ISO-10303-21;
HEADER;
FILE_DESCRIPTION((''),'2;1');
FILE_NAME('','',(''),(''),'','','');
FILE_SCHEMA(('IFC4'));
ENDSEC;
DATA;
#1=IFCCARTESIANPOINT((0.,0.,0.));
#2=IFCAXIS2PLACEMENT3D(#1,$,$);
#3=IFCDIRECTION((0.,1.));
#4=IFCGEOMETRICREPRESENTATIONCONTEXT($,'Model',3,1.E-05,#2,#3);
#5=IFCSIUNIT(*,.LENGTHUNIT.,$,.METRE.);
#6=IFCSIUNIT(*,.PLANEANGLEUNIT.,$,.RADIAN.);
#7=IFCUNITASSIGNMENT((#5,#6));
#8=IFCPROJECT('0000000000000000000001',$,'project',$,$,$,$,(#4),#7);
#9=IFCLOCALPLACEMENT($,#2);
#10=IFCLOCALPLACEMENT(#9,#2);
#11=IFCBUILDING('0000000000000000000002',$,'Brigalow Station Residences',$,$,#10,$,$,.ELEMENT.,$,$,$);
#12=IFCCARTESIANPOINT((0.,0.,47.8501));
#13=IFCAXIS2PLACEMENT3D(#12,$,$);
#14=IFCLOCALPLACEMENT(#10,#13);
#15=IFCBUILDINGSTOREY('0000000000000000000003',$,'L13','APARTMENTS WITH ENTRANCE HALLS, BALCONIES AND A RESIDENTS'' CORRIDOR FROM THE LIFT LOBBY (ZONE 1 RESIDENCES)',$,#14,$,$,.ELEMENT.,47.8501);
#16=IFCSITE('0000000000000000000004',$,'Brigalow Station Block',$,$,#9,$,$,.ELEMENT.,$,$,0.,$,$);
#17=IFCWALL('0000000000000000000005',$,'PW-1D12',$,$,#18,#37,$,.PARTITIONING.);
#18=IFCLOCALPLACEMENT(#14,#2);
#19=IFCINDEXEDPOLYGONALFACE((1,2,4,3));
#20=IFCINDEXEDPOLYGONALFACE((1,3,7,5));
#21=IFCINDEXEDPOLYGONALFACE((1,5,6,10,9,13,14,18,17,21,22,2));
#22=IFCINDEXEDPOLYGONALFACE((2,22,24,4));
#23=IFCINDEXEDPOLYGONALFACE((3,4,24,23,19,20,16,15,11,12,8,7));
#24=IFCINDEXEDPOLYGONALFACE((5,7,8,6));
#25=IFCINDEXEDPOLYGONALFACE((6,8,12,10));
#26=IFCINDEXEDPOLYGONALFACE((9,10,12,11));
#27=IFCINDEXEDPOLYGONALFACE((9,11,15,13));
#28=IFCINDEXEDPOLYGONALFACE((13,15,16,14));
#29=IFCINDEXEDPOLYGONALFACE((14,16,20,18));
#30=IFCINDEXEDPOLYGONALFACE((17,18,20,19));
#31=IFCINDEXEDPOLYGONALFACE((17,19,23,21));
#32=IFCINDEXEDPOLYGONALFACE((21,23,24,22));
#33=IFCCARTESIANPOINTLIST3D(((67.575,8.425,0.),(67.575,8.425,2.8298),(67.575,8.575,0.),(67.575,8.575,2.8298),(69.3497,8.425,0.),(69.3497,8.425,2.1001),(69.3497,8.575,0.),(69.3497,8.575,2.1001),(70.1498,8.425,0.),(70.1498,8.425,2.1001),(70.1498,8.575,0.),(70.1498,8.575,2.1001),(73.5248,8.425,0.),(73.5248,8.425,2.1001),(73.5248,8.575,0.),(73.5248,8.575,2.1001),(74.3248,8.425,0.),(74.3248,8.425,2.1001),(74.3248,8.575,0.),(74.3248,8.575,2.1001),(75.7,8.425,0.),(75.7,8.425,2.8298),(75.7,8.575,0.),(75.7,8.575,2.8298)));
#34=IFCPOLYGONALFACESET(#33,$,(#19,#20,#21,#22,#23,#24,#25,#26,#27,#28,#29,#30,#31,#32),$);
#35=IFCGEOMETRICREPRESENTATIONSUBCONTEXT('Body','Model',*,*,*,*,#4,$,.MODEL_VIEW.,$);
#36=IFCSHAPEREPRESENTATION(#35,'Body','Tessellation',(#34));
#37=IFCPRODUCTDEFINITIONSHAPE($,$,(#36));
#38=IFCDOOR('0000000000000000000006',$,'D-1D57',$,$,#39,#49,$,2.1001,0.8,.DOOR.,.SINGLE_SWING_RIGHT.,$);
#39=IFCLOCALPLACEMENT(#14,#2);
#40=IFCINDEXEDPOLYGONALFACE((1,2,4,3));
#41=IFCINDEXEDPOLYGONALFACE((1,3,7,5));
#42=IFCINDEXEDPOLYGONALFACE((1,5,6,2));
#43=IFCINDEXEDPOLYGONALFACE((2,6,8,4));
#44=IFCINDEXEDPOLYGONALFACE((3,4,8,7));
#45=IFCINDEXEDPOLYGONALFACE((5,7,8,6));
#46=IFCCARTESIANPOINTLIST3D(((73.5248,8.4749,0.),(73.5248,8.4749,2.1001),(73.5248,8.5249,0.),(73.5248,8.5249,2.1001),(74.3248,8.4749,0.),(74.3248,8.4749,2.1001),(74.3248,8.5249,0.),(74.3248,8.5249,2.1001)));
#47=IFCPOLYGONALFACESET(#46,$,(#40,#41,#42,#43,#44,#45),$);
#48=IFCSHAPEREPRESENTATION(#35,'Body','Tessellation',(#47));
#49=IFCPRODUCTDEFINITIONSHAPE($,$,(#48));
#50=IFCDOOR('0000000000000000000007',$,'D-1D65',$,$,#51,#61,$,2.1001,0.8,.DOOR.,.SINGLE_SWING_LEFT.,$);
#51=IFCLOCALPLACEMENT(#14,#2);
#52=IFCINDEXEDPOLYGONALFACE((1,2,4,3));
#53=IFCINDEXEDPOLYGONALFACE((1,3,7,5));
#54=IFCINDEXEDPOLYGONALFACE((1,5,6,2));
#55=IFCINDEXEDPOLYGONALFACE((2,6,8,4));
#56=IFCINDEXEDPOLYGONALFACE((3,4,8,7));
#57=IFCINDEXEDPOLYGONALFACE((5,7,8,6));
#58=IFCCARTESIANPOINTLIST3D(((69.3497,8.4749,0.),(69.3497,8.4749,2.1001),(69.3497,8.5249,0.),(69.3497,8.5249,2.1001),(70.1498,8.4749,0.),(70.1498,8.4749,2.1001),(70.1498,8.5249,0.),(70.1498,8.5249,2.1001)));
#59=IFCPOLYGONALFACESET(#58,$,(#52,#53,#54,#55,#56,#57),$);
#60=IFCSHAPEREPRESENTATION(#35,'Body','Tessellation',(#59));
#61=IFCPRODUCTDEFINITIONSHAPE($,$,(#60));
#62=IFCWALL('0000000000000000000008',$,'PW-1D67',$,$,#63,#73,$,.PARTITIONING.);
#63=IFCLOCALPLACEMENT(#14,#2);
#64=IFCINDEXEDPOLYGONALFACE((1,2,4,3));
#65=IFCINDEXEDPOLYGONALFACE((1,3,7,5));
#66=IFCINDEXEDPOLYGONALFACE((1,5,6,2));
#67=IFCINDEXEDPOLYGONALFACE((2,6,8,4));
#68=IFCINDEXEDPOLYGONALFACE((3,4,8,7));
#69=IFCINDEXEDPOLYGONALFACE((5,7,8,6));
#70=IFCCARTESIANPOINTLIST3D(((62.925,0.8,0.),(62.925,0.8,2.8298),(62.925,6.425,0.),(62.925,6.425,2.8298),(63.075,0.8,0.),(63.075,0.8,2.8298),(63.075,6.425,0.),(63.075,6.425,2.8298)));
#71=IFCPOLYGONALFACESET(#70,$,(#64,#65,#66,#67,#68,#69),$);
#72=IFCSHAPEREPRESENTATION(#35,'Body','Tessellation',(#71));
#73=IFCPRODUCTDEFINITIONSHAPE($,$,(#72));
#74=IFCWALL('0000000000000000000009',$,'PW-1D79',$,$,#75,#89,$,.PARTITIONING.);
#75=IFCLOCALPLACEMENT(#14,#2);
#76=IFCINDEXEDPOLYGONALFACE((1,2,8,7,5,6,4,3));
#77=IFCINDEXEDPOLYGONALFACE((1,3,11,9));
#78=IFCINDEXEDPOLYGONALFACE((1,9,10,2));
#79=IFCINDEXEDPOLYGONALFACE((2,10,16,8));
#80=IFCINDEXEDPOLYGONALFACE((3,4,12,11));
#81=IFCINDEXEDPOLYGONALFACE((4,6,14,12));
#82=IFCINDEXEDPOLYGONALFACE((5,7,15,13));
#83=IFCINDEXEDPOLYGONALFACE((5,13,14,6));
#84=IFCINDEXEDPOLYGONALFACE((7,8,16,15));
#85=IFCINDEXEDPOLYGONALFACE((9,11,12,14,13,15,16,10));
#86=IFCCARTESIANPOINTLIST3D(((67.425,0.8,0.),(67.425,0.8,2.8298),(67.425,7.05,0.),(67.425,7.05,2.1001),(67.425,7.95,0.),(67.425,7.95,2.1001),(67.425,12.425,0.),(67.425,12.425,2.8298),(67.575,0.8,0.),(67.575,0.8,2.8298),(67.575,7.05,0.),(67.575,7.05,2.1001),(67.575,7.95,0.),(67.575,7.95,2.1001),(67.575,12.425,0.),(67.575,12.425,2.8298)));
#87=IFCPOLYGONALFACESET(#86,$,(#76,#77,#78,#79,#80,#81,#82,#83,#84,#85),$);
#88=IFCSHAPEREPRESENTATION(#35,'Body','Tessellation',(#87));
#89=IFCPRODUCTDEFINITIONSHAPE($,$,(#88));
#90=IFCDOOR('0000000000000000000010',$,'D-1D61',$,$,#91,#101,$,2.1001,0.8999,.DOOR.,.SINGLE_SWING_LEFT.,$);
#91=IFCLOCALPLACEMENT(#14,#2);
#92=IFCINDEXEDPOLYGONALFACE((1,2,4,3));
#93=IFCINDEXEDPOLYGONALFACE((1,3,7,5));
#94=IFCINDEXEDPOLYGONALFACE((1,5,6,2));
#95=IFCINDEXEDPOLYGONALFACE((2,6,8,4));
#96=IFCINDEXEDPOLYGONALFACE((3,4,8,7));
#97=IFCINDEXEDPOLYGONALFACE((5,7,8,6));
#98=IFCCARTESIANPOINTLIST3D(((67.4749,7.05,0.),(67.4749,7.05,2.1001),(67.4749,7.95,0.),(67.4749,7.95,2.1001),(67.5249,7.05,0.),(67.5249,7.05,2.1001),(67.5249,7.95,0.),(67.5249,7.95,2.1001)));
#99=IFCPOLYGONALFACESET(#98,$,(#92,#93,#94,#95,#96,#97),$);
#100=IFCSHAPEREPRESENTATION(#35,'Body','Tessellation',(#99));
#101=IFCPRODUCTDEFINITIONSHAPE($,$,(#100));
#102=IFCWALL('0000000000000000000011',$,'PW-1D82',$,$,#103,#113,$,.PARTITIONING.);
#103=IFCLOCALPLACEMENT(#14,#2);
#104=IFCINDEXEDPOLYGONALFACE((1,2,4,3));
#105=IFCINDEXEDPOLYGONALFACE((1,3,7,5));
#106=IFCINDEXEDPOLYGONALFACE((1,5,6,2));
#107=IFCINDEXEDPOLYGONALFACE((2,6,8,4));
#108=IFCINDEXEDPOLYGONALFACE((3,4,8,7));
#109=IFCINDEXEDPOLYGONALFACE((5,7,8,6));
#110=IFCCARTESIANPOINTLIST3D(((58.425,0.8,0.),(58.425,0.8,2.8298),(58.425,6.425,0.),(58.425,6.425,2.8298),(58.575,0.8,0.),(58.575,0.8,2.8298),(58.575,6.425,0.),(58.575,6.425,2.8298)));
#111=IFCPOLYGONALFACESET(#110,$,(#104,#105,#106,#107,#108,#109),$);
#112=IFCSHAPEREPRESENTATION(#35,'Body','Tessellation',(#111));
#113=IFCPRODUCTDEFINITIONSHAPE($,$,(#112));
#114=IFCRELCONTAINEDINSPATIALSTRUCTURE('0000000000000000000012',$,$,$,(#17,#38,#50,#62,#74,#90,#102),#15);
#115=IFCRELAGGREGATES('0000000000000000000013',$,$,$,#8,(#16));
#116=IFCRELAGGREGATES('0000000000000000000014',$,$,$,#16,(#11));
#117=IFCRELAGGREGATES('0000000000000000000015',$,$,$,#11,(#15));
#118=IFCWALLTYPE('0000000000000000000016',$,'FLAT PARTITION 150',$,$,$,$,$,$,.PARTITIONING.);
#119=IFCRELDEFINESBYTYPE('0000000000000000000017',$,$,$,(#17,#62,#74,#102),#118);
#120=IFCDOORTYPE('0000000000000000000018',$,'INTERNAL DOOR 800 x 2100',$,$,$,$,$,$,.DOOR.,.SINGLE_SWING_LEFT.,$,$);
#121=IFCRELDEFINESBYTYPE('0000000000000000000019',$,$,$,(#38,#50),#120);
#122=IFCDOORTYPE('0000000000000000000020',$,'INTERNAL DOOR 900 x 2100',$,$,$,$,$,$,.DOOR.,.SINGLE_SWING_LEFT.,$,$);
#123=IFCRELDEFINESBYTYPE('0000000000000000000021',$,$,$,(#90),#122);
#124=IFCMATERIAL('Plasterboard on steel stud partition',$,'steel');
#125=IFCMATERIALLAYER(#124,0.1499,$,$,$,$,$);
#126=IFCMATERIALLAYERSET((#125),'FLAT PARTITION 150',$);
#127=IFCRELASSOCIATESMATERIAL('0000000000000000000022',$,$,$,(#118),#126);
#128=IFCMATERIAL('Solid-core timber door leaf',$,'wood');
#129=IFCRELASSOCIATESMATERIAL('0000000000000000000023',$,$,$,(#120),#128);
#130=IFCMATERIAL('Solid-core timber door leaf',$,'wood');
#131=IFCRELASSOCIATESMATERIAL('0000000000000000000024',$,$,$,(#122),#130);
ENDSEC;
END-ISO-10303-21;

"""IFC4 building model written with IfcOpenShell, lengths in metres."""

from ifc_helpers import new_model, si_unit, direction, frame, frame_2d, origin, place, context, subcontext, project, spatial, rectangle, extrude, material, layer, layer_set, type_object, element, fill, save


model = new_model("IFC4")

# Units and contexts
model_context = context("Model", 3, precision=1e-05, world=origin(), true_north=direction((0.0, 1.0)))
body_context = subcontext(model_context, "Body", "Model", "MODEL_VIEW")
ifc_project = project(units=[si_unit("LENGTHUNIT", "METRE"), si_unit("PLANEANGLEUNIT", "RADIAN")], contexts=[model_context])

# Site, building, storey
site_placement = place(None, origin())
site = spatial("IfcSite", under=ifc_project, at=site_placement, Name="Brigalow Station Block", CompositionType="ELEMENT", RefElevation=0.0)
building_placement = place(site_placement, origin())
building = spatial("IfcBuilding", under=site, at=building_placement, Name="Brigalow Station Residences", CompositionType="ELEMENT")
storey_placement = place(building_placement, frame((0.0, 0.0, 47.8501)))
storey = spatial("IfcBuildingStorey", under=building, at=storey_placement, Name="L13", Description="APARTMENTS WITH ENTRANCE HALLS, BALCONIES AND A RESIDENTS' CORRIDOR FROM THE LIFT LOBBY (ZONE 1 RESIDENCES)", CompositionType="ELEMENT", Elevation=47.8501)

# Wall, openings, doors
ifc_material_1 = material(Name="Plasterboard on steel stud partition", Category="steel")
ifc_layer_1 = layer(ifc_material_1, 0.1499)
ifc_layer_set_1 = layer_set([ifc_layer_1], Name="FLAT PARTITION 150")
wall_type_1 = type_object("IfcWallType", Name="FLAT PARTITION 150", PredefinedType="PARTITIONING", material=ifc_layer_set_1)
wall_1_placement = place(storey_placement, frame((67.575, 8.5, 0.0), z_axis=(0.0, 0.0, 1.0), x_axis=(1.0, 0.0, 0.0)))
wall_1 = element("IfcWall", 1, at=wall_1_placement, inside=storey, type_object=wall_type_1, Name="PW-1D12", PredefinedType="PARTITIONING", context=body_context, shape_type="SweptSolid", body=[
    extrude(rectangle(XDim=8.125, YDim=0.1499, at=frame_2d((4.0625, 0.0))), origin(), (0.0, 0.0, 1.0), 2.8298),
])
opening_1_placement = place(wall_1_placement, frame((5.95, 0.0, 0.0)))
opening_1 = element("IfcOpeningElement", 2, at=opening_1_placement, cuts=wall_1, PredefinedType="OPENING", context=body_context, shape_type="SweptSolid", body=[
    extrude(rectangle(XDim=0.8, YDim=2.1001, at=frame_2d((0.3999, 1.05))), frame((0.0, 0.085, 0.0), z_axis=(0.0, -1.0, 0.0), x_axis=(1.0, 0.0, 0.0)), (0.0, 0.0, 1.0), 0.1699),
])
opening_2_placement = place(wall_1_placement, frame((1.7749, 0.0, 0.0)))
opening_2 = element("IfcOpeningElement", 3, at=opening_2_placement, cuts=wall_1, PredefinedType="OPENING", context=body_context, shape_type="SweptSolid", body=[
    extrude(rectangle(XDim=0.8, YDim=2.1001, at=frame_2d((0.3999, 1.05))), frame((0.0, 0.085, 0.0), z_axis=(0.0, -1.0, 0.0), x_axis=(1.0, 0.0, 0.0)), (0.0, 0.0, 1.0), 0.1699),
])
ifc_material_2 = material(Name="Solid-core timber door leaf", Category="wood")
door_type_1 = type_object("IfcDoorType", Name="INTERNAL DOOR 800 x 2100", OperationType="SINGLE_SWING_LEFT", PredefinedType="DOOR", material=ifc_material_2)
door_1_placement = place(opening_1_placement, origin())
door_1 = element("IfcDoor", 4, at=door_1_placement, inside=storey, type_object=door_type_1, Name="D-1D57", OperationType="SINGLE_SWING_RIGHT", OverallHeight=2.1001, OverallWidth=0.8, PredefinedType="DOOR", context=body_context, shape_type="SweptSolid", body=[
    extrude(rectangle(XDim=0.8, YDim=2.1001, at=frame_2d((0.3999, 1.05))), frame((0.0, 0.0249, 0.0), z_axis=(0.0, -1.0, 0.0), x_axis=(1.0, 0.0, 0.0)), (0.0, 0.0, 1.0), 0.05),
])
fill(opening_1, door_1)
door_2_placement = place(opening_2_placement, origin())
door_2 = element("IfcDoor", 5, at=door_2_placement, inside=storey, type_object=door_type_1, Name="D-1D65", OperationType="SINGLE_SWING_LEFT", OverallHeight=2.1001, OverallWidth=0.8, PredefinedType="DOOR", context=body_context, shape_type="SweptSolid", body=[
    extrude(rectangle(XDim=0.8, YDim=2.1001, at=frame_2d((0.3999, 1.05))), frame((0.0, 0.0249, 0.0), z_axis=(0.0, -1.0, 0.0), x_axis=(1.0, 0.0, 0.0)), (0.0, 0.0, 1.0), 0.05),
])
fill(opening_2, door_2)

# Wall
wall_2_placement = place(storey_placement, frame((63.0, 0.8, 0.0), z_axis=(0.0, 0.0, 1.0), x_axis=(0.0, 1.0, 0.0)))
element("IfcWall", 6, at=wall_2_placement, inside=storey, type_object=wall_type_1, Name="PW-1D67", PredefinedType="PARTITIONING", context=body_context, shape_type="SweptSolid", body=[
    extrude(rectangle(XDim=5.625, YDim=0.1499, at=frame_2d((2.8125, 0.0))), origin(), (0.0, 0.0, 1.0), 2.8298),
])

# Wall, opening, door
wall_3_placement = place(storey_placement, frame((67.5, 0.8, 0.0), z_axis=(0.0, 0.0, 1.0), x_axis=(0.0, 1.0, 0.0)))
wall_3 = element("IfcWall", 7, at=wall_3_placement, inside=storey, type_object=wall_type_1, Name="PW-1D79", PredefinedType="PARTITIONING", context=body_context, shape_type="SweptSolid", body=[
    extrude(rectangle(XDim=11.625, YDim=0.1499, at=frame_2d((5.8125, 0.0))), origin(), (0.0, 0.0, 1.0), 2.8298),
])
opening_3_placement = place(wall_3_placement, frame((6.25, 0.0, 0.0)))
opening_3 = element("IfcOpeningElement", 8, at=opening_3_placement, cuts=wall_3, PredefinedType="OPENING", context=body_context, shape_type="SweptSolid", body=[
    extrude(rectangle(XDim=0.8999, YDim=2.1001, at=frame_2d((0.45, 1.05))), frame((0.0, 0.085, 0.0), z_axis=(0.0, -1.0, 0.0), x_axis=(1.0, 0.0, 0.0)), (0.0, 0.0, 1.0), 0.1699),
])
ifc_material_3 = material(Name="Solid-core timber door leaf", Category="wood")
door_type_2 = type_object("IfcDoorType", Name="INTERNAL DOOR 900 x 2100", OperationType="SINGLE_SWING_LEFT", PredefinedType="DOOR", material=ifc_material_3)
door_3_placement = place(opening_3_placement, frame((0.8999, 0.0, 0.0), z_axis=(0.0, 0.0, 1.0), x_axis=(-1.0, 0.0, 0.0)))
door_3 = element("IfcDoor", 9, at=door_3_placement, inside=storey, type_object=door_type_2, Name="D-1D61", OperationType="SINGLE_SWING_LEFT", OverallHeight=2.1001, OverallWidth=0.8999, PredefinedType="DOOR", context=body_context, shape_type="SweptSolid", body=[
    extrude(rectangle(XDim=0.8999, YDim=2.1001, at=frame_2d((0.45, 1.05))), frame((0.0, 0.0249, 0.0), z_axis=(0.0, -1.0, 0.0), x_axis=(1.0, 0.0, 0.0)), (0.0, 0.0, 1.0), 0.05),
])
fill(opening_3, door_3)

# Wall
wall_4_placement = place(storey_placement, frame((58.5, 0.8, 0.0), z_axis=(0.0, 0.0, 1.0), x_axis=(0.0, 1.0, 0.0)))
element("IfcWall", 10, at=wall_4_placement, inside=storey, type_object=wall_type_1, Name="PW-1D82", PredefinedType="PARTITIONING", context=body_context, shape_type="SweptSolid", body=[
    extrude(rectangle(XDim=5.625, YDim=0.1499, at=frame_2d((2.8125, 0.0))), origin(), (0.0, 0.0, 1.0), 2.8298),
])

save(model, "model.ifc")
